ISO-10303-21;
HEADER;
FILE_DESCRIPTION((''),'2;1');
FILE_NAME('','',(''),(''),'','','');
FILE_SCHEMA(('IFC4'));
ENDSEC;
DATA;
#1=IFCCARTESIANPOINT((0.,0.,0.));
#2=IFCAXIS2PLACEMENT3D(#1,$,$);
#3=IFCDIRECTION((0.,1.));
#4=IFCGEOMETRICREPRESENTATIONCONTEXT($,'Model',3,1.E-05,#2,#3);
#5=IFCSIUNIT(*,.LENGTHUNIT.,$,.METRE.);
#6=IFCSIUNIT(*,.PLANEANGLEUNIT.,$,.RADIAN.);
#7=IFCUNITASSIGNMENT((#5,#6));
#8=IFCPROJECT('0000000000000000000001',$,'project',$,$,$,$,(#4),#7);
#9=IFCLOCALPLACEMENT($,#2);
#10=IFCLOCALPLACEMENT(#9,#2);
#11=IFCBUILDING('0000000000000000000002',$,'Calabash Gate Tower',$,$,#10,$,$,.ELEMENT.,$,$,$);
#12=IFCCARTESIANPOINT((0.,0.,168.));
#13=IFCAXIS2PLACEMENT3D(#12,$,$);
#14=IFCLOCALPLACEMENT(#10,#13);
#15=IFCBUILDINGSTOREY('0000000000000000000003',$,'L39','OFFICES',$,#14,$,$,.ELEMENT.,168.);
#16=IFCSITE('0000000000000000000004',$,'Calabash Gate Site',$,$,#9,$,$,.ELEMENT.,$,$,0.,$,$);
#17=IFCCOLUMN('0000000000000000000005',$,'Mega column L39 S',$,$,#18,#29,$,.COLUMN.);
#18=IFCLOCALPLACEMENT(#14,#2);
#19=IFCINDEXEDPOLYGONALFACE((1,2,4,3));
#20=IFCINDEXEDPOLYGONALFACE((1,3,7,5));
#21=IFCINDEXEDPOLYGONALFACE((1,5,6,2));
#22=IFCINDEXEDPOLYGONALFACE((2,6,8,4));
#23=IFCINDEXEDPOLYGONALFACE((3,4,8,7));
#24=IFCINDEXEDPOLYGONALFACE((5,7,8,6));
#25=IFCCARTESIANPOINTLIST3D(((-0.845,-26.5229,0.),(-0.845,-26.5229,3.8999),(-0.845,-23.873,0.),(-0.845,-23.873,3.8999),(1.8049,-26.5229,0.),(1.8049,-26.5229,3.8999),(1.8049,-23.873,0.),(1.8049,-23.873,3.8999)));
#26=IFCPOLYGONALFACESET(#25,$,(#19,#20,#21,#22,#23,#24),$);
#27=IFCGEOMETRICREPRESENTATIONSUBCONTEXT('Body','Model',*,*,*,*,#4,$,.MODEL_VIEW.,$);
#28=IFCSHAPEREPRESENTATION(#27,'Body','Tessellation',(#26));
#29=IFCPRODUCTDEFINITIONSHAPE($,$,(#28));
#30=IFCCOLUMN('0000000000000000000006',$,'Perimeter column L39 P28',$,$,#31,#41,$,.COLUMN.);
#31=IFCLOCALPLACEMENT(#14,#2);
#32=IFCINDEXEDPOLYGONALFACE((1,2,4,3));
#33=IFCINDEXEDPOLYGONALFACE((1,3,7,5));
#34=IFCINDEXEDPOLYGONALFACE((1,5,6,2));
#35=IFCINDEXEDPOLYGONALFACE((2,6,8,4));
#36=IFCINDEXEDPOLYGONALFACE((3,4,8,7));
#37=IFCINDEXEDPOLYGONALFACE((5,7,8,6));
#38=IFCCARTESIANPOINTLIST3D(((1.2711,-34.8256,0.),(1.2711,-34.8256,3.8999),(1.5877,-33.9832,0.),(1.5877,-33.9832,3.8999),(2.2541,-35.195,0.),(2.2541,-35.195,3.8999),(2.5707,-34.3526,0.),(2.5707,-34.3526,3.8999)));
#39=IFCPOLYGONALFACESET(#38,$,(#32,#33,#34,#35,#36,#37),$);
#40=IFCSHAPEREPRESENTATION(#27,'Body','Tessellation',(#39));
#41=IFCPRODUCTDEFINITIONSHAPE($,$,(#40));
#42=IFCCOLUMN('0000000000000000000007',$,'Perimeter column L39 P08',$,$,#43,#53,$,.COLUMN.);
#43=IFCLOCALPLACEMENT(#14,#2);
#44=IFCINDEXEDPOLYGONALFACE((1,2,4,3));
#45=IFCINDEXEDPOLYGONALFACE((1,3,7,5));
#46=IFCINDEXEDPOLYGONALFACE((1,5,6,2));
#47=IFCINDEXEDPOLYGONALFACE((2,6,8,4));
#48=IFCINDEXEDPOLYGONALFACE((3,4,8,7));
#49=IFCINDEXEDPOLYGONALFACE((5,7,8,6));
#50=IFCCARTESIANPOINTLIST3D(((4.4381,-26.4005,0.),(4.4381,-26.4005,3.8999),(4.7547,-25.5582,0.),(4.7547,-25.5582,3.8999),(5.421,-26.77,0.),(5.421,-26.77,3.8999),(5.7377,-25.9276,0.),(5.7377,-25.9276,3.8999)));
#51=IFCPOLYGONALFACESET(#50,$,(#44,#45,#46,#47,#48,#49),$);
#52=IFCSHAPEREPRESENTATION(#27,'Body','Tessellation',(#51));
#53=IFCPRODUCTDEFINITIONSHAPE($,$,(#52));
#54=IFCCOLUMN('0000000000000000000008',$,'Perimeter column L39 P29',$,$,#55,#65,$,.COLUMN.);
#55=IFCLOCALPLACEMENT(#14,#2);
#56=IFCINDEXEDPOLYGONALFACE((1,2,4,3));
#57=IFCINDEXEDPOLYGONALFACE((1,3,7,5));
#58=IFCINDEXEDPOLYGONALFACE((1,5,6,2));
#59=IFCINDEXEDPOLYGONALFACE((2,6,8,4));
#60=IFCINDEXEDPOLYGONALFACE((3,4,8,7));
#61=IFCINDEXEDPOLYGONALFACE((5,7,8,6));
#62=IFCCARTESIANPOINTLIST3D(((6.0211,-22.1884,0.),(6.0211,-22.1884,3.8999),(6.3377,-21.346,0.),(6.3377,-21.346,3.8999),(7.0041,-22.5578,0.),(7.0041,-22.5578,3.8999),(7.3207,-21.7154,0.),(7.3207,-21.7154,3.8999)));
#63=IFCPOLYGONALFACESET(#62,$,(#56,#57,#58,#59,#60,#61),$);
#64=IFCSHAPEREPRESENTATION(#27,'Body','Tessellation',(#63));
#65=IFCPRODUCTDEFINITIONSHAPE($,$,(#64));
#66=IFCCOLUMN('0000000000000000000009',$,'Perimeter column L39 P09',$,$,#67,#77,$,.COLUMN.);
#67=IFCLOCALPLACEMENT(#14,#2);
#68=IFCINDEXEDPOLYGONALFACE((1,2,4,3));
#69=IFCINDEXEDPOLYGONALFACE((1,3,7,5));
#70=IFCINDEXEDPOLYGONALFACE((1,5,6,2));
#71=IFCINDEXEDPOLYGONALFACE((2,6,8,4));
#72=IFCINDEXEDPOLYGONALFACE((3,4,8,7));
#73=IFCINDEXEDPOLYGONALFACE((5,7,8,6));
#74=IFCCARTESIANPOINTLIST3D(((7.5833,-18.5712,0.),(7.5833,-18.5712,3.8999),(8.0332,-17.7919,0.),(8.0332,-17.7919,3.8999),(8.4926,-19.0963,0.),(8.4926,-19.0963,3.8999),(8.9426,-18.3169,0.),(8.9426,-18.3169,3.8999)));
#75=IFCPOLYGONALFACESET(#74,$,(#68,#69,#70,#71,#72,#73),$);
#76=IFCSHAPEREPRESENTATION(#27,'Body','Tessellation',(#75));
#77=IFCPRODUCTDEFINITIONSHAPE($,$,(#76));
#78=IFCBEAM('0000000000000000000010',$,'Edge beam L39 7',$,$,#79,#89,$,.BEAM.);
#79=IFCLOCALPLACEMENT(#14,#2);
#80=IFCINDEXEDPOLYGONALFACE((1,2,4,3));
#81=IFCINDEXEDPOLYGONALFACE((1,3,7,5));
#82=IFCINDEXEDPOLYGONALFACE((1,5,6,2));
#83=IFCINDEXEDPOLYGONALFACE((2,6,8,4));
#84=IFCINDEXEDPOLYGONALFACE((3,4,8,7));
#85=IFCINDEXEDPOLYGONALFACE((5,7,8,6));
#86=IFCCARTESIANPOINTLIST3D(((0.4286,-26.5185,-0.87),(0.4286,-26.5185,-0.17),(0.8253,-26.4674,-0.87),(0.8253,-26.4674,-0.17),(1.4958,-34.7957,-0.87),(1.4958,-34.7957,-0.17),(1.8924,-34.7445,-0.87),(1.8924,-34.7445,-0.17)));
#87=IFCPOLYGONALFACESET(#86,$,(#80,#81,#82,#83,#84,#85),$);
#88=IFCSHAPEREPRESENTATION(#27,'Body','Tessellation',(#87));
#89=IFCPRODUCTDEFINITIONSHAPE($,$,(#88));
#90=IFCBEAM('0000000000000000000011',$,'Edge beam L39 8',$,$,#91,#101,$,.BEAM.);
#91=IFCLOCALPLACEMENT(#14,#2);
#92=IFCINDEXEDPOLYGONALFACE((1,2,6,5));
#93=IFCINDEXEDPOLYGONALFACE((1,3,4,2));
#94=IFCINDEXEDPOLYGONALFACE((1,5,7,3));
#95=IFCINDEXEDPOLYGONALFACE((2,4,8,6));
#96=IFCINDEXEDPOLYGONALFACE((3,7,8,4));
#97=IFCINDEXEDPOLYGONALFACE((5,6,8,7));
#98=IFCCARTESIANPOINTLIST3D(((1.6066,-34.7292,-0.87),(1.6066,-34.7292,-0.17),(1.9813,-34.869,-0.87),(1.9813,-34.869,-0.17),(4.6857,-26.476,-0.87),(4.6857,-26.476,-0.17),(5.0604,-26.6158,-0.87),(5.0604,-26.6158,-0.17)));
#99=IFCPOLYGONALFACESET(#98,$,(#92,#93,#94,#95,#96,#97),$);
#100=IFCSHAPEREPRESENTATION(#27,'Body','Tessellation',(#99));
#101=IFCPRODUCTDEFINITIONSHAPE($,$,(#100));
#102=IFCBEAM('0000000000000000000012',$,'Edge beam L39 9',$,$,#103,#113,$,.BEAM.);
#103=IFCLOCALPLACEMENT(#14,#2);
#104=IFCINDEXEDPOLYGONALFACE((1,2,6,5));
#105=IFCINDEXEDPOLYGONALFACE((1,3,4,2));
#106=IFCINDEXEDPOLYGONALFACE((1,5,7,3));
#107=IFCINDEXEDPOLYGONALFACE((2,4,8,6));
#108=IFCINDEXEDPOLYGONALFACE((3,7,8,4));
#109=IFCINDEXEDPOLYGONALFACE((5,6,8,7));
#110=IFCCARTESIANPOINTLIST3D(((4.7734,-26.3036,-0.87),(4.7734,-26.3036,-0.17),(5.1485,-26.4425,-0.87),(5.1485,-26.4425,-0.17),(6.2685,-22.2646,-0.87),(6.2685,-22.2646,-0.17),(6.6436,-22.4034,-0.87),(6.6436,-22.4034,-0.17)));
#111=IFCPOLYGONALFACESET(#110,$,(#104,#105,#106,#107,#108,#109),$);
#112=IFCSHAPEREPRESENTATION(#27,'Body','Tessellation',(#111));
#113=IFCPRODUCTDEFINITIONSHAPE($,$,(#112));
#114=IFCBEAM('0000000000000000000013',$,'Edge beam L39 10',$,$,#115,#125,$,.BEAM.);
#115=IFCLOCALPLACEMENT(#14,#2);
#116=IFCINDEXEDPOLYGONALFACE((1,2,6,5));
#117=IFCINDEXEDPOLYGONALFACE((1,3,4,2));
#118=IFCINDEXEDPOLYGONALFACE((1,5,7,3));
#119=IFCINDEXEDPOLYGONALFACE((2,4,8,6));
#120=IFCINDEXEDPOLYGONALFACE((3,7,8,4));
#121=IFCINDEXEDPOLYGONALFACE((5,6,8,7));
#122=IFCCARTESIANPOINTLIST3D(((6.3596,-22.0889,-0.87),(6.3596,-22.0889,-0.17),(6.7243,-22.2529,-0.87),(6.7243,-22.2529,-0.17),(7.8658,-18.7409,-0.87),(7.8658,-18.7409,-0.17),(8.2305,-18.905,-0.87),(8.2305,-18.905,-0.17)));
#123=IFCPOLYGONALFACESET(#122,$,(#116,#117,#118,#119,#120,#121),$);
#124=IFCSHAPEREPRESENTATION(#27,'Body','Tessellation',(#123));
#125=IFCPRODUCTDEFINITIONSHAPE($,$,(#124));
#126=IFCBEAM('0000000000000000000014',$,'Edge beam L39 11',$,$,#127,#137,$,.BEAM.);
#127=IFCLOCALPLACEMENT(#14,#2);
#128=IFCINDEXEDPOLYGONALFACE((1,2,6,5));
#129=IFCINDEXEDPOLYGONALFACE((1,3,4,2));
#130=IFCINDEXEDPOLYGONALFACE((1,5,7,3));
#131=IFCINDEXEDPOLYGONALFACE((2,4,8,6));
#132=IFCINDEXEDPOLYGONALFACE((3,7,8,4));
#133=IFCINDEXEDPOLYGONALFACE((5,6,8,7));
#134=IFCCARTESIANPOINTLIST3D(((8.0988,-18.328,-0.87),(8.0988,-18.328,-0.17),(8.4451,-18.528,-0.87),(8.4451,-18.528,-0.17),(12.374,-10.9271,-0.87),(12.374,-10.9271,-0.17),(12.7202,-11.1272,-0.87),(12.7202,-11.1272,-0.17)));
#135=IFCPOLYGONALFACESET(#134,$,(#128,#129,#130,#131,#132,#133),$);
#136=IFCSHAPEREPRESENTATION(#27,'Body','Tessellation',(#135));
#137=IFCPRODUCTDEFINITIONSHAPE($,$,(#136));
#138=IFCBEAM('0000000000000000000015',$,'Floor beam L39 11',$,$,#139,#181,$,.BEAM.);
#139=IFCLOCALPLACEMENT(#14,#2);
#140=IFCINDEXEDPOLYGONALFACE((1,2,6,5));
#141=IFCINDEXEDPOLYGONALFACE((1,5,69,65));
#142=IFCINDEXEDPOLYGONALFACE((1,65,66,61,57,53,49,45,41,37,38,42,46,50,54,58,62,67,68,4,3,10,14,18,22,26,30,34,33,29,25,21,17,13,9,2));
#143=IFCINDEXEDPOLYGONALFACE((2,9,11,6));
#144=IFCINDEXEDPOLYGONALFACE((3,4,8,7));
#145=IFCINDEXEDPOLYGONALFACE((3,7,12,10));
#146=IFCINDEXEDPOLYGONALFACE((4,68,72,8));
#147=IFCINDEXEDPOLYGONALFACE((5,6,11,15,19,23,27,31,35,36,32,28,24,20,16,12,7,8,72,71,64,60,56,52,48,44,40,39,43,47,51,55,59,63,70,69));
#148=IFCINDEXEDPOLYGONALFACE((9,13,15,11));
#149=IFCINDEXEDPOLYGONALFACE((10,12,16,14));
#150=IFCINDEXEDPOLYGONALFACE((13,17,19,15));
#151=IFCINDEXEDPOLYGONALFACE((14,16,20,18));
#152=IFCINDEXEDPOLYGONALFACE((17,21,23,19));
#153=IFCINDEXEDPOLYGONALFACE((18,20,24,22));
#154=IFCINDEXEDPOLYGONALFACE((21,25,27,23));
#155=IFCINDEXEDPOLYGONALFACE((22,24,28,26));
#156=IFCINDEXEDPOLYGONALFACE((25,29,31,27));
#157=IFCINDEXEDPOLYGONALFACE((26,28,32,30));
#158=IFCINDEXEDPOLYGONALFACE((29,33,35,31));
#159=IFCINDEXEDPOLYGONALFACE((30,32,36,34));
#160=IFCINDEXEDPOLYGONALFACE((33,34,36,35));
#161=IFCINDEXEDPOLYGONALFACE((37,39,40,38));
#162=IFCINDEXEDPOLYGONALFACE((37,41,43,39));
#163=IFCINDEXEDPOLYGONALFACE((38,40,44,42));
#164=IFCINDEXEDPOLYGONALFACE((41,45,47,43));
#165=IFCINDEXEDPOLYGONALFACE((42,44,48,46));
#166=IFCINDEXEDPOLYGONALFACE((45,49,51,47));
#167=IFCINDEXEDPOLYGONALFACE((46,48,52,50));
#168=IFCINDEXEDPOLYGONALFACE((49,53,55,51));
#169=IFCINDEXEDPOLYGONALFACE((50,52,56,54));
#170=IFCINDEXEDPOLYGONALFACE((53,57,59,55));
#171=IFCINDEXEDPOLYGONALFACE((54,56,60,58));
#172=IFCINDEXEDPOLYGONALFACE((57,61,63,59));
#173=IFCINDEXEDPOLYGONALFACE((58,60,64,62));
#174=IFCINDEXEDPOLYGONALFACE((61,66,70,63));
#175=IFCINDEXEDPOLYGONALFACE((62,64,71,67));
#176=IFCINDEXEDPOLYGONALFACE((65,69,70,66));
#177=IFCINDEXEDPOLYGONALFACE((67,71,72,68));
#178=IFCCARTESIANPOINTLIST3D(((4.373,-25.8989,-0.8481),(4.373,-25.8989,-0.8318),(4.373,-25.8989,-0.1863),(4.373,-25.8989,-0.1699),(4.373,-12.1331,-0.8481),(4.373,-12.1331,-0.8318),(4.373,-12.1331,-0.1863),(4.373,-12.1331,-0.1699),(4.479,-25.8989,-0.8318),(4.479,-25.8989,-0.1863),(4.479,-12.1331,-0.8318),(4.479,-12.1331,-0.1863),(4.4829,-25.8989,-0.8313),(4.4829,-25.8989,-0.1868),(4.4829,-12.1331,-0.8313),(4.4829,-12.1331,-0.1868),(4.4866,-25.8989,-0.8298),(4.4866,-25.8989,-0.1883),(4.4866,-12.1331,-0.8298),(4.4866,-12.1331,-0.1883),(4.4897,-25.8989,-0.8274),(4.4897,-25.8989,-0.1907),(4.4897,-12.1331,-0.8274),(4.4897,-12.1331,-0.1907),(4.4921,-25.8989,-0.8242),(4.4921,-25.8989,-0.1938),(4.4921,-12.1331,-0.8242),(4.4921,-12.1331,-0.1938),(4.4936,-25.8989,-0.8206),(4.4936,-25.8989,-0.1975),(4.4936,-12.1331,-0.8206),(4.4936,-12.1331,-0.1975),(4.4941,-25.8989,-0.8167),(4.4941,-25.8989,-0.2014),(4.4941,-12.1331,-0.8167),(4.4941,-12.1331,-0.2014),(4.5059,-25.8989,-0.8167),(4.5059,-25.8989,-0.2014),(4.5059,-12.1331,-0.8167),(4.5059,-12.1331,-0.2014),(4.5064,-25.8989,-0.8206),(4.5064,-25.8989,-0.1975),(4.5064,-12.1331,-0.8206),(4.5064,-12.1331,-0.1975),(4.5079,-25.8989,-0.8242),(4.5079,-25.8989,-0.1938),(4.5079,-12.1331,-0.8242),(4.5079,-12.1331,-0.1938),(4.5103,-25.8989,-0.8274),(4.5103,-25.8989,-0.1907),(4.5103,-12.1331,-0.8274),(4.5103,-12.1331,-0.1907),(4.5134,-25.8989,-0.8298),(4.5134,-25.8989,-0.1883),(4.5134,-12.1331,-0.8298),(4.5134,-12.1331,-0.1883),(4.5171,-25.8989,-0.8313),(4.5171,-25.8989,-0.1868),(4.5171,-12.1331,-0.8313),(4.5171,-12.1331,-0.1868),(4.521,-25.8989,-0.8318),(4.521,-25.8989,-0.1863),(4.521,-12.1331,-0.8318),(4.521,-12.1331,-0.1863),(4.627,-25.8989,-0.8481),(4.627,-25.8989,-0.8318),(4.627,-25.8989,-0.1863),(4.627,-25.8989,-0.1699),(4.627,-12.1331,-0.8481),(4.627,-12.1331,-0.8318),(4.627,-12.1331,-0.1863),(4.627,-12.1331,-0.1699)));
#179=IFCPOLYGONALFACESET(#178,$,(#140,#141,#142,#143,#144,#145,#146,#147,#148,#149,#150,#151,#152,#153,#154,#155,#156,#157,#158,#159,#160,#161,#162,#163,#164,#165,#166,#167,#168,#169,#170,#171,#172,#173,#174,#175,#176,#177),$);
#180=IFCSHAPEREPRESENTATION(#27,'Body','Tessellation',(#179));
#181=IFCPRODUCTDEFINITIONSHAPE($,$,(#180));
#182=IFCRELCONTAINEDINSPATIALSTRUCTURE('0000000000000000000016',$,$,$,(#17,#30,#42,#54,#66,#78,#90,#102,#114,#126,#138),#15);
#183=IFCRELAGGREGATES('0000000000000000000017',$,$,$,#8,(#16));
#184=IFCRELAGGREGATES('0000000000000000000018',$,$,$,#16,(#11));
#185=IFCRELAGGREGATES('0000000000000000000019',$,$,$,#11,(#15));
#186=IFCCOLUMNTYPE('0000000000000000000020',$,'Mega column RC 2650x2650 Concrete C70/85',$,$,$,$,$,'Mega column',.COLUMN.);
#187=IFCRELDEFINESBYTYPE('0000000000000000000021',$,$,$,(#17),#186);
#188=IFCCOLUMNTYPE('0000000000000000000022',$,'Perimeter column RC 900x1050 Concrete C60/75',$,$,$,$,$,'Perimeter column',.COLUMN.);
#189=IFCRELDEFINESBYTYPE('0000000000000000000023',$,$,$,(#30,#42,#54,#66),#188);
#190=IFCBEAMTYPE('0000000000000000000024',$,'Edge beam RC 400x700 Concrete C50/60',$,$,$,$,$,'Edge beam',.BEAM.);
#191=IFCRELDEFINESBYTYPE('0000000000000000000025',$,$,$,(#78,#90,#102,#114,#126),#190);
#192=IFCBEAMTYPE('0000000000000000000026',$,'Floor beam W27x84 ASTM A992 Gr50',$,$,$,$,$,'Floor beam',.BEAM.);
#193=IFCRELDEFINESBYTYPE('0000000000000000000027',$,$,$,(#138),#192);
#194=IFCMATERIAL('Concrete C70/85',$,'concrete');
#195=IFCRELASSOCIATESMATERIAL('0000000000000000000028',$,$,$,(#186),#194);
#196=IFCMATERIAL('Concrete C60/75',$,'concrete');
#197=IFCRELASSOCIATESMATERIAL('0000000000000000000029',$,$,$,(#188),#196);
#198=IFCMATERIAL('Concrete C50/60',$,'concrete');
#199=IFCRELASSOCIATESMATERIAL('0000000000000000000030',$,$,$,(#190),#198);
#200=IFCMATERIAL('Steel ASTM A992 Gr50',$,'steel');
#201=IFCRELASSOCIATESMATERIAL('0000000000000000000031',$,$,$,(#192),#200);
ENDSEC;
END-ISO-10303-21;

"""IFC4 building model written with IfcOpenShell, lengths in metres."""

from ifc_helpers import new_model, si_unit, direction, frame, origin, origin_2d, place, context, subcontext, project, spatial, rectangle, i_section, extrude, material, material_profile, profile_set, type_object, element, save


model = new_model("IFC4")

# Units and contexts
model_context = context("Model", 3, precision=1e-05, world=origin(), true_north=direction((0.0, 1.0)))
body_context = subcontext(model_context, "Body", "Model", "MODEL_VIEW")
ifc_project = project(units=[si_unit("LENGTHUNIT", "METRE"), si_unit("PLANEANGLEUNIT", "RADIAN")], contexts=[model_context])

# Site, building, storey
site_placement = place(None, origin())
site = spatial("IfcSite", under=ifc_project, at=site_placement, Name="Calabash Gate Site", CompositionType="ELEMENT", RefElevation=0.0)
building_placement = place(site_placement, origin())
building = spatial("IfcBuilding", under=site, at=building_placement, Name="Calabash Gate Tower", CompositionType="ELEMENT")
storey_placement = place(building_placement, frame((0.0, 0.0, 168.0)))
storey = spatial("IfcBuildingStorey", under=building, at=storey_placement, Name="L39", Description="OFFICES", CompositionType="ELEMENT", Elevation=168.0)

# Columns
ifc_material_1 = material(Name="Concrete C70/85", Category="concrete")
ifc_material_profile_1 = material_profile(ifc_material_1, rectangle(XDim=2.6499, YDim=2.6499, at=origin_2d()))
ifc_profile_set_1 = profile_set([ifc_material_profile_1], Name="Concrete C70/85")
column_type_1 = type_object("IfcColumnType", Name="Mega column RC 2650x2650 Concrete C70/85", ElementType="Mega column", PredefinedType="COLUMN", material=ifc_profile_set_1)
column_placement = place(storey_placement, frame((0.48, -25.198, 0.0), z_axis=(0.0, 0.0, 1.0), x_axis=(0.0, 1.0, 0.0)))
element("IfcColumn", 1, at=column_placement, inside=storey, type_object=column_type_1, Name="Mega column L39 S", PredefinedType="COLUMN", context=body_context, shape_type="SweptSolid", body=[
    extrude(rectangle(XDim=2.6499, YDim=2.6499, at=origin_2d()), origin(), (0.0, 0.0, 1.0), 3.8999),
])
ifc_material_2 = material(Name="Concrete C60/75", Category="concrete")
ifc_material_profile_2 = material_profile(ifc_material_2, rectangle(XDim=0.8999, YDim=1.05, at=origin_2d()))
ifc_profile_set_2 = profile_set([ifc_material_profile_2], Name="Concrete C60/75")
column_type_2 = type_object("IfcColumnType", Name="Perimeter column RC 900x1050 Concrete C60/75", ElementType="Perimeter column", PredefinedType="COLUMN", material=ifc_profile_set_2)
for number, where, z_axis, x_axis, name in (
    (2, (1.9209, -34.5891, 0.0), (0.0, 0.0, 1.0), (0.351823, 0.936067, 0.0), "Perimeter column L39 P28"),
    (3, (5.0879, -26.1641, 0.0), (0.0, 0.0, 1.0), (0.351823, 0.936067, 0.0), "Perimeter column L39 P08"),
    (4, (6.6709, -21.9519, 0.0), (0.0, 0.0, 1.0), (0.351823, 0.936067, 0.0), "Perimeter column L39 P29"),
    (5, (8.2629, -18.4441, 0.0), (0.0, 0.0, 1.0), (0.5, 0.866025, 0.0), "Perimeter column L39 P09"),
):
    element("IfcColumn", number, at=place(storey_placement, frame(where, z_axis=z_axis, x_axis=x_axis)), inside=storey, type_object=column_type_2, Name=name, PredefinedType="COLUMN", context=body_context, shape_type="SweptSolid", body=[
        extrude(rectangle(XDim=0.8999, YDim=1.05, at=origin_2d()), origin(), (0.0, 0.0, 1.0), 3.8999),
    ])

# Beams
ifc_material_3 = material(Name="Concrete C50/60", Category="concrete")
ifc_material_profile_3 = material_profile(ifc_material_3, rectangle(XDim=0.3999, YDim=0.7, at=origin_2d()))
ifc_profile_set_3 = profile_set([ifc_material_profile_3], Name="Concrete C50/60")
beam_type_1 = type_object("IfcBeamType", Name="Edge beam RC 400x700 Concrete C50/60", ElementType="Edge beam", PredefinedType="BEAM", material=ifc_profile_set_3)
beam_1_placement = place(storey_placement, frame((0.627, -26.4929, -0.52), z_axis=(0.127868, -0.991791, 0.0), x_axis=(0.991791, 0.127868, 0.0)))
element("IfcBeam", 6, at=beam_1_placement, inside=storey, type_object=beam_type_1, Name="Edge beam L39 7", PredefinedType="BEAM", context=body_context, shape_type="SweptSolid", body=[
    extrude(rectangle(XDim=0.3999, YDim=0.7, at=origin_2d()), origin(), (0.0, 0.0, 1.0), 8.3457),
])
beam_2_placement = place(storey_placement, frame((1.7939, -34.7991, -0.52), z_axis=(0.349547, 0.936919, 0.0), x_axis=(-0.936919, 0.349547, 0.0)))
element("IfcBeam", 7, at=beam_2_placement, inside=storey, type_object=beam_type_1, Name="Edge beam L39 8", PredefinedType="BEAM", context=body_context, shape_type="SweptSolid", body=[
    extrude(rectangle(XDim=0.3999, YDim=0.7, at=origin_2d()), origin(), (0.0, 0.0, 1.0), 8.8088),
])
beam_3_placement = place(storey_placement, frame((4.9609, -26.373, -0.52), z_axis=(0.347144, 0.937812, 0.0), x_axis=(-0.937812, 0.347144, 0.0)))
element("IfcBeam", 8, at=beam_3_placement, inside=storey, type_object=beam_type_1, Name="Edge beam L39 9", PredefinedType="BEAM", context=body_context, shape_type="SweptSolid", body=[
    extrude(rectangle(XDim=0.3999, YDim=0.7, at=origin_2d()), origin(), (0.0, 0.0, 1.0), 4.3069),
])
beam_4_placement = place(storey_placement, frame((6.542, -22.1709, -0.52), z_axis=(0.410262, 0.911968, 0.0), x_axis=(-0.911968, 0.410262, 0.0)))
element("IfcBeam", 9, at=beam_4_placement, inside=storey, type_object=beam_type_1, Name="Edge beam L39 10", PredefinedType="BEAM", context=body_context, shape_type="SweptSolid", body=[
    extrude(rectangle(XDim=0.3999, YDim=0.7, at=origin_2d()), origin(), (0.0, 0.0, 1.0), 3.6711),
])
beam_5_placement = place(storey_placement, frame((8.272, -18.428, -0.52), z_axis=(0.500197, 0.865912, 0.0), x_axis=(-0.865912, 0.500197, 0.0)))
element("IfcBeam", 10, at=beam_5_placement, inside=storey, type_object=beam_type_1, Name="Edge beam L39 11", PredefinedType="BEAM", context=body_context, shape_type="SweptSolid", body=[
    extrude(rectangle(XDim=0.3999, YDim=0.7, at=origin_2d()), origin(), (0.0, 0.0, 1.0), 8.5469),
])
ifc_material_4 = material(Name="Steel ASTM A992 Gr50", Category="steel")
ifc_material_profile_4 = material_profile(ifc_material_4, i_section(OverallWidth=0.2539, OverallDepth=0.6782, WebThickness=0.0117, FlangeThickness=0.0164, FilletRadius=0.0151, at=origin_2d()))
ifc_profile_set_4 = profile_set([ifc_material_profile_4], Name="Steel ASTM A992 Gr50")
beam_type_2 = type_object("IfcBeamType", Name="Floor beam W27x84 ASTM A992 Gr50", ElementType="Floor beam", PredefinedType="BEAM", material=ifc_profile_set_4)
beam_6_placement = place(storey_placement, frame((4.5, -25.8989, -0.509), z_axis=(0.0, 1.0, 0.0), x_axis=(-1.0, 0.0, 0.0)))
element("IfcBeam", 11, at=beam_6_placement, inside=storey, type_object=beam_type_2, Name="Floor beam L39 11", PredefinedType="BEAM", context=body_context, shape_type="SweptSolid", body=[
    extrude(i_section(OverallWidth=0.2539, OverallDepth=0.6782, WebThickness=0.0117, FlangeThickness=0.0164, FilletRadius=0.0151, at=origin_2d()), origin(), (0.0, 0.0, 1.0), 13.7659),
])

save(model, "model.ifc")
